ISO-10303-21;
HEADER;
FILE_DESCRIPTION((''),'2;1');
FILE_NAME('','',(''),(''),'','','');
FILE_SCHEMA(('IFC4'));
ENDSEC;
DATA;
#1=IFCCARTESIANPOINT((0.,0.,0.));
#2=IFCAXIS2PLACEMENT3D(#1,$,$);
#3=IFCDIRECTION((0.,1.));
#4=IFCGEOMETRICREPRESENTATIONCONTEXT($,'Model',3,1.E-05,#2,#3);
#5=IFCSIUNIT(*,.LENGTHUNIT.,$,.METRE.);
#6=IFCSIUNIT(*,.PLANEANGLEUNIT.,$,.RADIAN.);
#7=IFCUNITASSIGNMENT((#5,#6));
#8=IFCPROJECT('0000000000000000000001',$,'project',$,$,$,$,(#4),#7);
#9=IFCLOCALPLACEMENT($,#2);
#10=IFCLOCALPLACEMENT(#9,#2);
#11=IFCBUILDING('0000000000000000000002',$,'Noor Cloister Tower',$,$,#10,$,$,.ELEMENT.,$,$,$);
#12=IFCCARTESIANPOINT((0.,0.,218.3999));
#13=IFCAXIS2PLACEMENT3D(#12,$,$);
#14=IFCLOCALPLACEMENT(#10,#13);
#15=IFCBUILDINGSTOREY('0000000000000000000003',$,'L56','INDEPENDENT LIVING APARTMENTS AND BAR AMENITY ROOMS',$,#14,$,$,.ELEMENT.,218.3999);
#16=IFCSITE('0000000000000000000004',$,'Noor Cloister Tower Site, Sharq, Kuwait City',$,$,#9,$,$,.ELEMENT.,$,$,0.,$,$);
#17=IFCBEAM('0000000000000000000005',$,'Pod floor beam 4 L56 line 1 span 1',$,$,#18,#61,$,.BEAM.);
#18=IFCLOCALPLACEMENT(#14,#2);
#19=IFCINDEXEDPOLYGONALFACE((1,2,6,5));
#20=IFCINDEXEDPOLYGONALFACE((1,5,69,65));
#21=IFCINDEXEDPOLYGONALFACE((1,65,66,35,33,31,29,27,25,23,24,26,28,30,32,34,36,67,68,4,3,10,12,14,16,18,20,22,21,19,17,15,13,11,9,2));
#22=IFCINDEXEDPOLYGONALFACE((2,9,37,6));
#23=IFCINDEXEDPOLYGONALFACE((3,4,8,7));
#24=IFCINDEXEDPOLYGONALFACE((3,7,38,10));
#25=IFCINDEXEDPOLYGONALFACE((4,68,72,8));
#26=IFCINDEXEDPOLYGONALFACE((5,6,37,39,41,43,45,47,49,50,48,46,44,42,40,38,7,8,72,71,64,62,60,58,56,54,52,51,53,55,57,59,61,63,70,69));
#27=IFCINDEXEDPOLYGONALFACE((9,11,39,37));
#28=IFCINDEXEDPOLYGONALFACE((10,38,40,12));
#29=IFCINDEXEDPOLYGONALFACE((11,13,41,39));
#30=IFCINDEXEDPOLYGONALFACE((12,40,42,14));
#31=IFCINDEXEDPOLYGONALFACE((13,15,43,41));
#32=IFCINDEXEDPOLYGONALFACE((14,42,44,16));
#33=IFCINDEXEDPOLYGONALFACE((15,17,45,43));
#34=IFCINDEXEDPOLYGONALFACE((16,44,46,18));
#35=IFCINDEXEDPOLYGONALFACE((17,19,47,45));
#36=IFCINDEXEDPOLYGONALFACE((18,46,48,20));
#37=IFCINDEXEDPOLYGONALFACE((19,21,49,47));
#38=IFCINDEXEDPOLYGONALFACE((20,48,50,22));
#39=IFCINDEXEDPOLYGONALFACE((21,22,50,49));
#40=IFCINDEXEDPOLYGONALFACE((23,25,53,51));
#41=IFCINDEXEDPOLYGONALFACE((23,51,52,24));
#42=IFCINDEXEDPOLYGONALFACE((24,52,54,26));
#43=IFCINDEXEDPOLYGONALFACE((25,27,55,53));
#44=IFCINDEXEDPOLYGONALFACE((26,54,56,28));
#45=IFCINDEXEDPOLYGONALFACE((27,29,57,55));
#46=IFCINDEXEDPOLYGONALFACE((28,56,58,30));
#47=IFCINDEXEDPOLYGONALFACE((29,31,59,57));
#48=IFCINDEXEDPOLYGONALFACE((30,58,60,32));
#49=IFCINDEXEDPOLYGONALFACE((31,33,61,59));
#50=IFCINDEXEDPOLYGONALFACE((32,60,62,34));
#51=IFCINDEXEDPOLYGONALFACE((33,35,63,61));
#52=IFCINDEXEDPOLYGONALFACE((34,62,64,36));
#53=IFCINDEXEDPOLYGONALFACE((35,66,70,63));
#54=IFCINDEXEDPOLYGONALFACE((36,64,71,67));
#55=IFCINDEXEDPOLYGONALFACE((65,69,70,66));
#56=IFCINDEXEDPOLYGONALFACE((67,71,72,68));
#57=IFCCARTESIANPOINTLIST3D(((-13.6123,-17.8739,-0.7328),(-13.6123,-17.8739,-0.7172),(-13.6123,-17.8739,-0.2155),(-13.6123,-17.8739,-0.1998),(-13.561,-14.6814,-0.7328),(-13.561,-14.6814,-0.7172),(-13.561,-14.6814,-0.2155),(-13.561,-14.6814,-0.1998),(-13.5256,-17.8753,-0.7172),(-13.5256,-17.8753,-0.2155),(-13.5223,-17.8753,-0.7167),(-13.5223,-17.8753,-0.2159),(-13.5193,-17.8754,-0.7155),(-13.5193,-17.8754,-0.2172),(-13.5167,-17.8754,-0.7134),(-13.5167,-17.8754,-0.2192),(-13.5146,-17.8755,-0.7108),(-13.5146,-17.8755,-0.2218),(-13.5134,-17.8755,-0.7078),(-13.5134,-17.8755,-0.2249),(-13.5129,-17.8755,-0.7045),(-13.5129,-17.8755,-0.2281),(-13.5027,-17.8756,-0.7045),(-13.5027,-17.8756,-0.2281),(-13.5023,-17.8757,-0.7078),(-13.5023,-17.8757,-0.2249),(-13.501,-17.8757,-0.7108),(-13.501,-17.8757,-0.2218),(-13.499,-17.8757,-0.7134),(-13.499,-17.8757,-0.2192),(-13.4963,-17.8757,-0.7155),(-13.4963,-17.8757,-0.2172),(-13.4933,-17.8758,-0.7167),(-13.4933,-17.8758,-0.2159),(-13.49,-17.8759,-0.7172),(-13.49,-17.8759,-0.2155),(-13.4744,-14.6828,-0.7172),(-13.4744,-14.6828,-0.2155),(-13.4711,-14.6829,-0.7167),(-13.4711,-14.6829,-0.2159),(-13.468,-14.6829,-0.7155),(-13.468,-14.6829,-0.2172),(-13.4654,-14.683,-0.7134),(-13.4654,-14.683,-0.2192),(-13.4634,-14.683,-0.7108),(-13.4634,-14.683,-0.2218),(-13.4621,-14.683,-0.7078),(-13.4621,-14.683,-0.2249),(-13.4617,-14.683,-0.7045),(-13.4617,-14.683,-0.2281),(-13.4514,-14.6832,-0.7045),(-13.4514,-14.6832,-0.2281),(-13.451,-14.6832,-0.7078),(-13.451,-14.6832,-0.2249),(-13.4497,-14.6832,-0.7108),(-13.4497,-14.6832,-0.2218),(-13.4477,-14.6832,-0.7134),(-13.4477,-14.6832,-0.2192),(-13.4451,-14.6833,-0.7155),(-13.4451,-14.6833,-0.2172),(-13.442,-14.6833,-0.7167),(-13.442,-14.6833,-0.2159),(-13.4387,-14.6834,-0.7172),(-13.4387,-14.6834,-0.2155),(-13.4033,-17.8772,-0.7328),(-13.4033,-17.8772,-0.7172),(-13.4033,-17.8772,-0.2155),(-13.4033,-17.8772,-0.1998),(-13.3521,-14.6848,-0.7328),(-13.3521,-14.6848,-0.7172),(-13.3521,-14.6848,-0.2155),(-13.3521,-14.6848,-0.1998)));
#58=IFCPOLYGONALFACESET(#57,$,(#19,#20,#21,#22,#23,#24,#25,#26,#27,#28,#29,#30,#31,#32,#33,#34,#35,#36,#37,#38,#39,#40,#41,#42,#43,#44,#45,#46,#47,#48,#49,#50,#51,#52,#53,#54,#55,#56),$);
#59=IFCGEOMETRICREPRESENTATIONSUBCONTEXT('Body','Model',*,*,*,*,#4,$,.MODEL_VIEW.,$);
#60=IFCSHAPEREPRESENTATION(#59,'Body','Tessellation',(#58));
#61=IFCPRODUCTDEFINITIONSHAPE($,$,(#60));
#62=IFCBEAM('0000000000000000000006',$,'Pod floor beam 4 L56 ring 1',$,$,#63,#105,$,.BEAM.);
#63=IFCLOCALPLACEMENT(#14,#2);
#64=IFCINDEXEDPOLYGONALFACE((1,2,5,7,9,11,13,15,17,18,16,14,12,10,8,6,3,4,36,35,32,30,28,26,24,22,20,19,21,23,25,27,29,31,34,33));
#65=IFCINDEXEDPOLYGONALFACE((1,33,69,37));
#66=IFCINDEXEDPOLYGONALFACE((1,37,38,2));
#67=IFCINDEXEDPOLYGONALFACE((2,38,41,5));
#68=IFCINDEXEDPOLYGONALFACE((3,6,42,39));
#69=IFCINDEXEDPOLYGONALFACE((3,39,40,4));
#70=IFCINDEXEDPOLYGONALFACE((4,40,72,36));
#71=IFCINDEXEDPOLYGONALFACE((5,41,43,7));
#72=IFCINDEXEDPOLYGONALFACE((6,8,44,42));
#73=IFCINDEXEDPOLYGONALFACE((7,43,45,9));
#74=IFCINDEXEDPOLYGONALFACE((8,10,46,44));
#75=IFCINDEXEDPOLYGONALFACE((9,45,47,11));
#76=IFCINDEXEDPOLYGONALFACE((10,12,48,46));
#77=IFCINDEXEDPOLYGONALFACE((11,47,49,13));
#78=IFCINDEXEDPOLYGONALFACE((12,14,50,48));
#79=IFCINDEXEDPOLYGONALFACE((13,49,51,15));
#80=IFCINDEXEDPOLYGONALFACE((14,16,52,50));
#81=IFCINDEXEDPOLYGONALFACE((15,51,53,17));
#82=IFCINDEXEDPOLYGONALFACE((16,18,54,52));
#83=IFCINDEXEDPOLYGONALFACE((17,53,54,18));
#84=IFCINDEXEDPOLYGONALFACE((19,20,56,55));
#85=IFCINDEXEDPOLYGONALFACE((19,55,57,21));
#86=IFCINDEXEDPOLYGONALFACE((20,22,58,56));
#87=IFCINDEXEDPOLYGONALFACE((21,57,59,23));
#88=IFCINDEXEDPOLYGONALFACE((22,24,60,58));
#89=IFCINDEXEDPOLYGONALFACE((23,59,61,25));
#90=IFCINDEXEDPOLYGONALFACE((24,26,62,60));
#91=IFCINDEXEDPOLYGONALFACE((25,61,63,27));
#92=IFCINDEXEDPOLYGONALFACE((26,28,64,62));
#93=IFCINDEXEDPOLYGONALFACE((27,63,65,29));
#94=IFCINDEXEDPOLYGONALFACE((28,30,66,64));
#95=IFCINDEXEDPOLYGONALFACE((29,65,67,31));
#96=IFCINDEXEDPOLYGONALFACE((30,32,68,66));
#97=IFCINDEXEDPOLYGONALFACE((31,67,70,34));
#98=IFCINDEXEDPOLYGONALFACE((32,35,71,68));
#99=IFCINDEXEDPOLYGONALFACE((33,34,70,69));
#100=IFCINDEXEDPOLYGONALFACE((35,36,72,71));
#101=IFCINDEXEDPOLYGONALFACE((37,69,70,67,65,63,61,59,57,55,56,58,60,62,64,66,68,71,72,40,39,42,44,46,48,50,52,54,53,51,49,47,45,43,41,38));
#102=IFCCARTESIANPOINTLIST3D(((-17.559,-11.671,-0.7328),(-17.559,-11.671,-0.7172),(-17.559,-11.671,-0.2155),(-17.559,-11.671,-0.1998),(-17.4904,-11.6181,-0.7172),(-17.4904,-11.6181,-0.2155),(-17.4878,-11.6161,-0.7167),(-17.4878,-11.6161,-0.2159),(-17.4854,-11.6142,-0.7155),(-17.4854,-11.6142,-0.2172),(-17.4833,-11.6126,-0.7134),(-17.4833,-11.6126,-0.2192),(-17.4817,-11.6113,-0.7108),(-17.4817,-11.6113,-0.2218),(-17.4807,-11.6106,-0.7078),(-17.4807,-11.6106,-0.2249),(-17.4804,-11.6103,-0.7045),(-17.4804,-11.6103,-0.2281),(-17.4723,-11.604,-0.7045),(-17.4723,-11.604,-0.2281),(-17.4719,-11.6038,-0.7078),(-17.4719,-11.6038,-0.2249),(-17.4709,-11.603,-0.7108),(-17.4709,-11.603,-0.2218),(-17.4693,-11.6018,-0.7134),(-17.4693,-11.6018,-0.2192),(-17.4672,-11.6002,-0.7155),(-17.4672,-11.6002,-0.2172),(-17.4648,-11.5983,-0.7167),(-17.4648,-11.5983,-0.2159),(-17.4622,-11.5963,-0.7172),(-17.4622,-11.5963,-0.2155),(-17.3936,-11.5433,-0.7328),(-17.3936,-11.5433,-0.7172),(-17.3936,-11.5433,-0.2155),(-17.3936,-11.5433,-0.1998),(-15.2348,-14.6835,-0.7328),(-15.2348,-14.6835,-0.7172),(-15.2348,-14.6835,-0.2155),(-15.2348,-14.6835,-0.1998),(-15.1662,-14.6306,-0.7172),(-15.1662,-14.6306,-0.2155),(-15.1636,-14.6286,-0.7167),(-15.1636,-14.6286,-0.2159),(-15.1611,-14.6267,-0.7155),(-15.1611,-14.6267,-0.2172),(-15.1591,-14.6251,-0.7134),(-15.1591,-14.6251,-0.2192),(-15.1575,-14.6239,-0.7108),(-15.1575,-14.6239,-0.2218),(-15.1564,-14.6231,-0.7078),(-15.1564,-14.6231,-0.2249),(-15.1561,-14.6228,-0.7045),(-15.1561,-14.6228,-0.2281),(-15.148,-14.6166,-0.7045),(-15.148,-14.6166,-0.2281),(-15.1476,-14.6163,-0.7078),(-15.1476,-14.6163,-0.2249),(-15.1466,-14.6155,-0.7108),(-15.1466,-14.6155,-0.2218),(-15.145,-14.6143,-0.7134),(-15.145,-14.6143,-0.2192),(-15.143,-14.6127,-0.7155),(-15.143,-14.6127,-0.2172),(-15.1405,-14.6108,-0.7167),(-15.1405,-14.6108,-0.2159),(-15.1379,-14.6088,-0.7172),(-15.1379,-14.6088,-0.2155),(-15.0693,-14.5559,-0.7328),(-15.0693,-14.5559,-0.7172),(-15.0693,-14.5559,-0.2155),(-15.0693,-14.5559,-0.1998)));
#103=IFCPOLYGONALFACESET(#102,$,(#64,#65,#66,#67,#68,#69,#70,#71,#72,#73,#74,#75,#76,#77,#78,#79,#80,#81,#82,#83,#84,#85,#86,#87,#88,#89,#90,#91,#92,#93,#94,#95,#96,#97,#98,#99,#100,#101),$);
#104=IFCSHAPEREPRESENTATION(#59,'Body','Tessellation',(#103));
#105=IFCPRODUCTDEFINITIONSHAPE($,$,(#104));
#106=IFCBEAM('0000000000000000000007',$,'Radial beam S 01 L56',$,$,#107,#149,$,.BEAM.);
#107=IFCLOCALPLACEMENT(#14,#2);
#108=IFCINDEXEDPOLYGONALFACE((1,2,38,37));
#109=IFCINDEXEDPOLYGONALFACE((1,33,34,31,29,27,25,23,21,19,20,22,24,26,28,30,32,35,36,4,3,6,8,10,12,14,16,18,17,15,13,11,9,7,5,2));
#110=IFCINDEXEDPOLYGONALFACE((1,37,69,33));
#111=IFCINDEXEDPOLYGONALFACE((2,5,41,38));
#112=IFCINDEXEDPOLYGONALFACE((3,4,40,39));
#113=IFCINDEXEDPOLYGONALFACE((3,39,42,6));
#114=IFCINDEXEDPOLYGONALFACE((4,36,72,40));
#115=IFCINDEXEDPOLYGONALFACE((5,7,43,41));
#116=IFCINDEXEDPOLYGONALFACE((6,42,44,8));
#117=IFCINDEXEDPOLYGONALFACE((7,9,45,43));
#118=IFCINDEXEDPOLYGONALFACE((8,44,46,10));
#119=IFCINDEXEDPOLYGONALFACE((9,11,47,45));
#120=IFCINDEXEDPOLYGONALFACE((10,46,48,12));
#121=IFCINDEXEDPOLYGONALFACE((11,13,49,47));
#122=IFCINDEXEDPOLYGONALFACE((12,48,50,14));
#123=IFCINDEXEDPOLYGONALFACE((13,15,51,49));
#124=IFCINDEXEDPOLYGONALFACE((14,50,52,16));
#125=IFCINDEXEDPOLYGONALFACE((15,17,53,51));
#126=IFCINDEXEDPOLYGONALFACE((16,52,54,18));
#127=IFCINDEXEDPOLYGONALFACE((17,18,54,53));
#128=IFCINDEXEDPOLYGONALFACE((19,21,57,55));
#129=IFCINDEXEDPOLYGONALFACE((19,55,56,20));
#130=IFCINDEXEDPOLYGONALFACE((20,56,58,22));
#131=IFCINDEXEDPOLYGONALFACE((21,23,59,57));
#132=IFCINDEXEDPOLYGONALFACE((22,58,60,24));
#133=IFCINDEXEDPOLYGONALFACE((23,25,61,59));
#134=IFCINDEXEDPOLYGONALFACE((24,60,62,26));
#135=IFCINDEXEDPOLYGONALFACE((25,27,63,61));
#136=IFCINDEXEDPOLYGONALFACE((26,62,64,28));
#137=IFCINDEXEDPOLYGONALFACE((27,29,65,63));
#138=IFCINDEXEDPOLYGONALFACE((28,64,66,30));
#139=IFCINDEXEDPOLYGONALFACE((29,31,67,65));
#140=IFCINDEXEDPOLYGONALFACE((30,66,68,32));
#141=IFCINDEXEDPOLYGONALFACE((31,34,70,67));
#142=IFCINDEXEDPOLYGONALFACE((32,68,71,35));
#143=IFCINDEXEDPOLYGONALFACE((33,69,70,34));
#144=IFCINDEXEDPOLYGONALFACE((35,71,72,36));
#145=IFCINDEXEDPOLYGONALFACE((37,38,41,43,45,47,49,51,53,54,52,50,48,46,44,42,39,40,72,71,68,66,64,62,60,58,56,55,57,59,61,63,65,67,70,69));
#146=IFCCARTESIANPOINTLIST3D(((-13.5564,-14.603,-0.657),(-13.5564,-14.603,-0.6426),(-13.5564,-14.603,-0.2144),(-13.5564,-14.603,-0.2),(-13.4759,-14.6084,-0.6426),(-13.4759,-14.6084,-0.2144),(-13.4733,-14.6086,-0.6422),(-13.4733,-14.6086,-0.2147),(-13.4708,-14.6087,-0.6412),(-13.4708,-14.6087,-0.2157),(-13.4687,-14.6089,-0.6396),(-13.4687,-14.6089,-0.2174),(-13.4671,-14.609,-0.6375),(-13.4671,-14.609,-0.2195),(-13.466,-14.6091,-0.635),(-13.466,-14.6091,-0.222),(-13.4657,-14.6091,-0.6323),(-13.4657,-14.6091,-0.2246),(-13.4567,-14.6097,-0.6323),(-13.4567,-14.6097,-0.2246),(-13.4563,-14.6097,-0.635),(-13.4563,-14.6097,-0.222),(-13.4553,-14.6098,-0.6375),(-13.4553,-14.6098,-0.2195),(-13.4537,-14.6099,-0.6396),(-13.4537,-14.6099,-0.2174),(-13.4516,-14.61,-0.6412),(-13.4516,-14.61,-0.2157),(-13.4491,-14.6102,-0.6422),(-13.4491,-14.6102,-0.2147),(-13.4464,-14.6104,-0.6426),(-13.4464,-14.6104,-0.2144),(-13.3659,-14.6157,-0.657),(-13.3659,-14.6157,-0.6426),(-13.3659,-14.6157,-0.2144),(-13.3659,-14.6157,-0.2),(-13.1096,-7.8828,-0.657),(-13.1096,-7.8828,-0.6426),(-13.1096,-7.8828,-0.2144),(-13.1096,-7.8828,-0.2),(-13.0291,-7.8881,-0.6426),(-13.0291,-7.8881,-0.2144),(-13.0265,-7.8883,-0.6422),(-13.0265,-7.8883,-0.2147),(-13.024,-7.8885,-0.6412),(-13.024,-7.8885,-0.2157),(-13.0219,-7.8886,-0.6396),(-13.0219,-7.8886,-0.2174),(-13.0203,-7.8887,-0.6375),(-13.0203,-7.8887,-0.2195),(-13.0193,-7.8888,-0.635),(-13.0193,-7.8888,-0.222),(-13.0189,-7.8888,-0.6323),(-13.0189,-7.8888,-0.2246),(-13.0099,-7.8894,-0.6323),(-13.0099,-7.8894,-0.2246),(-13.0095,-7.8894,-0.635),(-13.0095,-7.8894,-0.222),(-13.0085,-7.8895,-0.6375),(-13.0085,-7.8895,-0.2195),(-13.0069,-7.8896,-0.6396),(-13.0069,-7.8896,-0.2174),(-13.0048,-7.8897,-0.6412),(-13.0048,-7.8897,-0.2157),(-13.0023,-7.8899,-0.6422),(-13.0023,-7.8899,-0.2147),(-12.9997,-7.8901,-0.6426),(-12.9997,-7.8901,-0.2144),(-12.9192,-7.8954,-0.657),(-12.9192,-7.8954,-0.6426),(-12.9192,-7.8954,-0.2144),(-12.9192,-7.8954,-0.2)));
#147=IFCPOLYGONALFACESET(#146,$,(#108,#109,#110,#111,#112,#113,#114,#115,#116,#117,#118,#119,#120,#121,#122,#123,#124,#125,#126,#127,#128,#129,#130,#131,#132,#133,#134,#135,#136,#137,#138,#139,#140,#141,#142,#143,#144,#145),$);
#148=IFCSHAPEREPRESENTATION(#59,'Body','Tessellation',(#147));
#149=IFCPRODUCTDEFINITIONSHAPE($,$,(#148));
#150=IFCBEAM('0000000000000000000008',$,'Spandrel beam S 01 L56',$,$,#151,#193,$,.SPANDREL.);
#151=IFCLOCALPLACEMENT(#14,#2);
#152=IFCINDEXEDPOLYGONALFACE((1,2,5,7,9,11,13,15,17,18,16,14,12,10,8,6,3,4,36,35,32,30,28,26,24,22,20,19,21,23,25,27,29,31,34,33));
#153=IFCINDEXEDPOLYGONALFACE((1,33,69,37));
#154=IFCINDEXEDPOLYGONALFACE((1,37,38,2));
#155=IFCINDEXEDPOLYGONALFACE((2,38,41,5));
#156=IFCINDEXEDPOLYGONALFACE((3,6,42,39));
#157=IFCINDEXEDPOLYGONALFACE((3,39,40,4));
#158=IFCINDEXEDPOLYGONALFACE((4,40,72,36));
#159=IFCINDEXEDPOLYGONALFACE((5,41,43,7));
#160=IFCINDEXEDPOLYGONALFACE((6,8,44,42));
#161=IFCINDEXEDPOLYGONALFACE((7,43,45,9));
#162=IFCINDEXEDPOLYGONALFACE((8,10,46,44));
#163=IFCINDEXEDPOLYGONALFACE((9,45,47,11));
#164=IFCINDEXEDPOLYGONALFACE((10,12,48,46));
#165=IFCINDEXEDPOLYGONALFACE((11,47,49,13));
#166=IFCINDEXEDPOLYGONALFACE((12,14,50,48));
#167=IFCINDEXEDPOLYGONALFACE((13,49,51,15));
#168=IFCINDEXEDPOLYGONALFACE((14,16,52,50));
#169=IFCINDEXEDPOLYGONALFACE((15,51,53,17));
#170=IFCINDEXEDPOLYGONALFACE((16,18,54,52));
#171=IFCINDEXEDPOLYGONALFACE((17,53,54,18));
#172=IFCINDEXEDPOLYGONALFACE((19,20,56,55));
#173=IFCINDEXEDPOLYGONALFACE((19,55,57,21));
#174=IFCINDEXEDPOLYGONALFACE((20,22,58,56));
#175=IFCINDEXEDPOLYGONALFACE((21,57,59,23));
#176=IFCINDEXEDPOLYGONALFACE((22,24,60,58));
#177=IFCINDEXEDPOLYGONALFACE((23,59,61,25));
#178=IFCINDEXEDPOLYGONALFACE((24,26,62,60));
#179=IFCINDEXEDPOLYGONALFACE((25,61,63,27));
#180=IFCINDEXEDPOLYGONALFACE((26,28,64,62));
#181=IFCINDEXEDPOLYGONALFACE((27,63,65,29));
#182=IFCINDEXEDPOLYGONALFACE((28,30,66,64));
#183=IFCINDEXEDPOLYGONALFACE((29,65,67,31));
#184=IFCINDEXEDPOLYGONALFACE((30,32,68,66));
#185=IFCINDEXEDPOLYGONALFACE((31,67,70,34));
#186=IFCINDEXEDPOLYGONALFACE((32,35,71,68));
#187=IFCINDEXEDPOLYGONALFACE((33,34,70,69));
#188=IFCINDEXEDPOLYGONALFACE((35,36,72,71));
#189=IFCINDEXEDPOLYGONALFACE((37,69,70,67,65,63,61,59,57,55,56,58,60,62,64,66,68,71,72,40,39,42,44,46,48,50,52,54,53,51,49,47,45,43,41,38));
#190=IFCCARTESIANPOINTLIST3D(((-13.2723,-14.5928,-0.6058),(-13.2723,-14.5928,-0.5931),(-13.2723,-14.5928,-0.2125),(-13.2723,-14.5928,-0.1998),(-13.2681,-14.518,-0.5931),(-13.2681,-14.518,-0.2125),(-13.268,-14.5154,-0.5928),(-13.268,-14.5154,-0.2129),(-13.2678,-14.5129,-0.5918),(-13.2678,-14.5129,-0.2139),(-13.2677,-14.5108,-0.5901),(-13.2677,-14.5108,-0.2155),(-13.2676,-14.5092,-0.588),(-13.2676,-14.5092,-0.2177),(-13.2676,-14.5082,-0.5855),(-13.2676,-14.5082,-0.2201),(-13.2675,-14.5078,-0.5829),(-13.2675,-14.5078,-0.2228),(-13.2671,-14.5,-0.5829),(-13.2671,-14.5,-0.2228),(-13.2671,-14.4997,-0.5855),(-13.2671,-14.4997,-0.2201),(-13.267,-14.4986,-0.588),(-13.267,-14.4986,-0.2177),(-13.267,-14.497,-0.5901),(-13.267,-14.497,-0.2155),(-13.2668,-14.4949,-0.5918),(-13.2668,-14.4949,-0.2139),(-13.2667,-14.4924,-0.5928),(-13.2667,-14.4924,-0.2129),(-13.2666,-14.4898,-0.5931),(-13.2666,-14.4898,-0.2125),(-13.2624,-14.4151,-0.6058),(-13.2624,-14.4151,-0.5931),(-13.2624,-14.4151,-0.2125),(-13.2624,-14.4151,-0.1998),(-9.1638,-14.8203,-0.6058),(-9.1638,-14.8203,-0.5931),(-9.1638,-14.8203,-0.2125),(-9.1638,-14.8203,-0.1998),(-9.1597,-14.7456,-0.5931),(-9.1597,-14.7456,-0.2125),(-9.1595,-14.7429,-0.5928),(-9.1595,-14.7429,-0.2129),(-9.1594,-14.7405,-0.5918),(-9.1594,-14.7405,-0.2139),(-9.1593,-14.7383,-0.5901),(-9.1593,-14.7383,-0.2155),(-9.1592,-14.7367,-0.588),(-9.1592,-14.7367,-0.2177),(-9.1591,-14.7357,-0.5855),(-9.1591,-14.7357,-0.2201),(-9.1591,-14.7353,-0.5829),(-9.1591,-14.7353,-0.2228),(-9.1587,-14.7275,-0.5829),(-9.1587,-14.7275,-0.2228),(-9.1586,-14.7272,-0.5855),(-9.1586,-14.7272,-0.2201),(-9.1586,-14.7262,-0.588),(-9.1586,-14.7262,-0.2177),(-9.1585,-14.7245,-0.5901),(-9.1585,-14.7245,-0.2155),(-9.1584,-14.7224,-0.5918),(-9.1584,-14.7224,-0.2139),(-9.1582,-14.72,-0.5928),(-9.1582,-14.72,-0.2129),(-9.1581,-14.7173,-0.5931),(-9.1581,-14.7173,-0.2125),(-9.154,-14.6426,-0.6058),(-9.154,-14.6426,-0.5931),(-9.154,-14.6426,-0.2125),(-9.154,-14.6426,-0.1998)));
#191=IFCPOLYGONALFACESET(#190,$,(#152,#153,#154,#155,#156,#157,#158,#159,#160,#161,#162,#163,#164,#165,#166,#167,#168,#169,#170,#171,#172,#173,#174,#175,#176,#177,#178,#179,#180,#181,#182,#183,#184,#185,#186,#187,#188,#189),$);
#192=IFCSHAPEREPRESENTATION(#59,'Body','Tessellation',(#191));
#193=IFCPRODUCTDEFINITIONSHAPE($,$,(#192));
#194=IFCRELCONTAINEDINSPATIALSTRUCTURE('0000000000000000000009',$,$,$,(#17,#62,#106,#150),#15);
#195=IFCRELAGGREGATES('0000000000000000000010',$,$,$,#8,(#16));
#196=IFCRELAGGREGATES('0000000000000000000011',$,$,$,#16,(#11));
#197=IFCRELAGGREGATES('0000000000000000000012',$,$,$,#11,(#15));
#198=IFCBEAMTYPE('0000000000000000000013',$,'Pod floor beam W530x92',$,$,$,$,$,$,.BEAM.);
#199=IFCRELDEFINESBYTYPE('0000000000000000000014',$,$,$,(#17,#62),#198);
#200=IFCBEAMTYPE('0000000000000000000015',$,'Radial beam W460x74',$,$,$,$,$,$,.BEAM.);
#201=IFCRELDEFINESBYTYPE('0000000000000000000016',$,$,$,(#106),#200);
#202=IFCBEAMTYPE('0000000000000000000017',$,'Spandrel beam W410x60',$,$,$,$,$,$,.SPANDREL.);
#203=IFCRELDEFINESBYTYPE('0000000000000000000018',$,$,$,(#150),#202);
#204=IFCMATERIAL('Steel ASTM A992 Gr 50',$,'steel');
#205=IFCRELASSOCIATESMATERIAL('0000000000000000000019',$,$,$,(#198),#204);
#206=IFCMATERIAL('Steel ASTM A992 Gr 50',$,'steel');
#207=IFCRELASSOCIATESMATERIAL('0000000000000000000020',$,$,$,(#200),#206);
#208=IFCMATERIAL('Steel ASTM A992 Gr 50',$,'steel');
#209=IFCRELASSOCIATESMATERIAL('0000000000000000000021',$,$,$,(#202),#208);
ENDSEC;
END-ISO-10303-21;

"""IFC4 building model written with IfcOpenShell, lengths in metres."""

from ifc_helpers import new_model, si_unit, direction, frame, origin, origin_2d, place, context, subcontext, project, spatial, i_section, extrude, material, material_profile, profile_set, type_object, element, save


model = new_model("IFC4")

# Units and contexts
model_context = context("Model", 3, precision=1e-05, world=origin(), true_north=direction((0.0, 1.0)))
body_context = subcontext(model_context, "Body", "Model", "MODEL_VIEW")
ifc_project = project(units=[si_unit("LENGTHUNIT", "METRE"), si_unit("PLANEANGLEUNIT", "RADIAN")], contexts=[model_context])

# Site, building, storey
site_placement = place(None, origin())
site = spatial("IfcSite", under=ifc_project, at=site_placement, Name="Noor Cloister Tower Site, Sharq, Kuwait City", CompositionType="ELEMENT", RefElevation=0.0)
building_placement = place(site_placement, origin())
building = spatial("IfcBuilding", under=site, at=building_placement, Name="Noor Cloister Tower", CompositionType="ELEMENT")
storey_placement = place(building_placement, frame((0.0, 0.0, 218.3999)))
storey = spatial("IfcBuildingStorey", under=building, at=storey_placement, Name="L56", Description="INDEPENDENT LIVING APARTMENTS AND BAR AMENITY ROOMS", CompositionType="ELEMENT", Elevation=218.3999)

# Beams
ifc_material_1 = material(Name="Steel ASTM A992 Gr 50", Category="steel")
ifc_material_profile_1 = material_profile(ifc_material_1, i_section(OverallWidth=0.209, OverallDepth=0.533, WebThickness=0.0103, FlangeThickness=0.0156, FilletRadius=0.0127, at=origin_2d()), Name="W530x92")
ifc_profile_set_1 = profile_set([ifc_material_profile_1], Name="Steel ASTM A992 Gr 50")
beam_type_1 = type_object("IfcBeamType", Name="Pod floor beam W530x92", PredefinedType="BEAM", material=ifc_profile_set_1)
beam_1_placement = place(storey_placement, frame((-13.4565, -14.6831, -0.4663), z_axis=(-0.016058, -0.999871, 0.0), x_axis=(0.999871, -0.016058, 0.0)))
element("IfcBeam", 1, at=beam_1_placement, inside=storey, type_object=beam_type_1, Name="Pod floor beam 4 L56 line 1 span 1", PredefinedType="BEAM", context=body_context, shape_type="SweptSolid", body=[
    extrude(i_section(OverallWidth=0.209, OverallDepth=0.533, WebThickness=0.0103, FlangeThickness=0.0156, FilletRadius=0.0127, at=origin_2d()), origin(), (0.0, 0.0, 1.0), 3.1929),
])
beam_2_placement = place(storey_placement, frame((-17.4763, -11.6072, -0.4663), z_axis=(0.610857, -0.791741, 0.0), x_axis=(0.791741, 0.610857, 0.0)))
element("IfcBeam", 2, at=beam_2_placement, inside=storey, type_object=beam_type_1, Name="Pod floor beam 4 L56 ring 1", PredefinedType="BEAM", context=body_context, shape_type="SweptSolid", body=[
    extrude(i_section(OverallWidth=0.209, OverallDepth=0.533, WebThickness=0.0103, FlangeThickness=0.0156, FilletRadius=0.0127, at=origin_2d()), origin(), (0.0, 0.0, 1.0), 3.8049),
])
ifc_material_2 = material(Name="Steel ASTM A992 Gr 50", Category="steel")
ifc_material_profile_2 = material_profile(ifc_material_2, i_section(OverallWidth=0.1909, OverallDepth=0.457, WebThickness=0.009, FlangeThickness=0.0144, FilletRadius=0.0103, at=origin_2d()), Name="W460x74")
ifc_profile_set_2 = profile_set([ifc_material_profile_2], Name="Steel ASTM A992 Gr 50")
beam_type_2 = type_object("IfcBeamType", Name="Radial beam W460x74", PredefinedType="BEAM", material=ifc_profile_set_2)
beam_3_placement = place(storey_placement, frame((-13.4612, -14.6094, -0.4285), z_axis=(0.066336, 0.997797, 0.0), x_axis=(-0.997797, 0.066336, 0.0)))
element("IfcBeam", 3, at=beam_3_placement, inside=storey, type_object=beam_type_2, Name="Radial beam S 01 L56", PredefinedType="BEAM", context=body_context, shape_type="SweptSolid", body=[
    extrude(i_section(OverallWidth=0.1909, OverallDepth=0.457, WebThickness=0.009, FlangeThickness=0.0144, FilletRadius=0.0103, at=origin_2d()), origin(), (0.0, 0.0, 1.0), 6.7351),
])
ifc_material_3 = material(Name="Steel ASTM A992 Gr 50", Category="steel")
ifc_material_profile_3 = material_profile(ifc_material_3, i_section(OverallWidth=0.178, OverallDepth=0.406, WebThickness=0.0078, FlangeThickness=0.0127, FilletRadius=0.0103, at=origin_2d()), Name="W410x60")
ifc_profile_set_3 = profile_set([ifc_material_profile_3], Name="Steel ASTM A992 Gr 50")
beam_type_3 = type_object("IfcBeamType", Name="Spandrel beam W410x60", PredefinedType="SPANDREL", material=ifc_profile_set_3)
for number, where, z_axis, x_axis, name in (
    (4, (-13.2673, -14.5039, -0.4028), (0.99847, -0.055299, 0.0), (0.055299, 0.99847, 0.0), "Spandrel beam S 01 L56"),
):
    element("IfcBeam", number, at=place(storey_placement, frame(where, z_axis=z_axis, x_axis=x_axis)), inside=storey, type_object=beam_type_3, Name=name, PredefinedType="SPANDREL", context=body_context, shape_type="SweptSolid", body=[
        extrude(i_section(OverallWidth=0.178, OverallDepth=0.406, WebThickness=0.0078, FlangeThickness=0.0127, FilletRadius=0.0103, at=origin_2d()), origin(), (0.0, 0.0, 1.0), 4.1147),
    ])

save(model, "model.ifc")
